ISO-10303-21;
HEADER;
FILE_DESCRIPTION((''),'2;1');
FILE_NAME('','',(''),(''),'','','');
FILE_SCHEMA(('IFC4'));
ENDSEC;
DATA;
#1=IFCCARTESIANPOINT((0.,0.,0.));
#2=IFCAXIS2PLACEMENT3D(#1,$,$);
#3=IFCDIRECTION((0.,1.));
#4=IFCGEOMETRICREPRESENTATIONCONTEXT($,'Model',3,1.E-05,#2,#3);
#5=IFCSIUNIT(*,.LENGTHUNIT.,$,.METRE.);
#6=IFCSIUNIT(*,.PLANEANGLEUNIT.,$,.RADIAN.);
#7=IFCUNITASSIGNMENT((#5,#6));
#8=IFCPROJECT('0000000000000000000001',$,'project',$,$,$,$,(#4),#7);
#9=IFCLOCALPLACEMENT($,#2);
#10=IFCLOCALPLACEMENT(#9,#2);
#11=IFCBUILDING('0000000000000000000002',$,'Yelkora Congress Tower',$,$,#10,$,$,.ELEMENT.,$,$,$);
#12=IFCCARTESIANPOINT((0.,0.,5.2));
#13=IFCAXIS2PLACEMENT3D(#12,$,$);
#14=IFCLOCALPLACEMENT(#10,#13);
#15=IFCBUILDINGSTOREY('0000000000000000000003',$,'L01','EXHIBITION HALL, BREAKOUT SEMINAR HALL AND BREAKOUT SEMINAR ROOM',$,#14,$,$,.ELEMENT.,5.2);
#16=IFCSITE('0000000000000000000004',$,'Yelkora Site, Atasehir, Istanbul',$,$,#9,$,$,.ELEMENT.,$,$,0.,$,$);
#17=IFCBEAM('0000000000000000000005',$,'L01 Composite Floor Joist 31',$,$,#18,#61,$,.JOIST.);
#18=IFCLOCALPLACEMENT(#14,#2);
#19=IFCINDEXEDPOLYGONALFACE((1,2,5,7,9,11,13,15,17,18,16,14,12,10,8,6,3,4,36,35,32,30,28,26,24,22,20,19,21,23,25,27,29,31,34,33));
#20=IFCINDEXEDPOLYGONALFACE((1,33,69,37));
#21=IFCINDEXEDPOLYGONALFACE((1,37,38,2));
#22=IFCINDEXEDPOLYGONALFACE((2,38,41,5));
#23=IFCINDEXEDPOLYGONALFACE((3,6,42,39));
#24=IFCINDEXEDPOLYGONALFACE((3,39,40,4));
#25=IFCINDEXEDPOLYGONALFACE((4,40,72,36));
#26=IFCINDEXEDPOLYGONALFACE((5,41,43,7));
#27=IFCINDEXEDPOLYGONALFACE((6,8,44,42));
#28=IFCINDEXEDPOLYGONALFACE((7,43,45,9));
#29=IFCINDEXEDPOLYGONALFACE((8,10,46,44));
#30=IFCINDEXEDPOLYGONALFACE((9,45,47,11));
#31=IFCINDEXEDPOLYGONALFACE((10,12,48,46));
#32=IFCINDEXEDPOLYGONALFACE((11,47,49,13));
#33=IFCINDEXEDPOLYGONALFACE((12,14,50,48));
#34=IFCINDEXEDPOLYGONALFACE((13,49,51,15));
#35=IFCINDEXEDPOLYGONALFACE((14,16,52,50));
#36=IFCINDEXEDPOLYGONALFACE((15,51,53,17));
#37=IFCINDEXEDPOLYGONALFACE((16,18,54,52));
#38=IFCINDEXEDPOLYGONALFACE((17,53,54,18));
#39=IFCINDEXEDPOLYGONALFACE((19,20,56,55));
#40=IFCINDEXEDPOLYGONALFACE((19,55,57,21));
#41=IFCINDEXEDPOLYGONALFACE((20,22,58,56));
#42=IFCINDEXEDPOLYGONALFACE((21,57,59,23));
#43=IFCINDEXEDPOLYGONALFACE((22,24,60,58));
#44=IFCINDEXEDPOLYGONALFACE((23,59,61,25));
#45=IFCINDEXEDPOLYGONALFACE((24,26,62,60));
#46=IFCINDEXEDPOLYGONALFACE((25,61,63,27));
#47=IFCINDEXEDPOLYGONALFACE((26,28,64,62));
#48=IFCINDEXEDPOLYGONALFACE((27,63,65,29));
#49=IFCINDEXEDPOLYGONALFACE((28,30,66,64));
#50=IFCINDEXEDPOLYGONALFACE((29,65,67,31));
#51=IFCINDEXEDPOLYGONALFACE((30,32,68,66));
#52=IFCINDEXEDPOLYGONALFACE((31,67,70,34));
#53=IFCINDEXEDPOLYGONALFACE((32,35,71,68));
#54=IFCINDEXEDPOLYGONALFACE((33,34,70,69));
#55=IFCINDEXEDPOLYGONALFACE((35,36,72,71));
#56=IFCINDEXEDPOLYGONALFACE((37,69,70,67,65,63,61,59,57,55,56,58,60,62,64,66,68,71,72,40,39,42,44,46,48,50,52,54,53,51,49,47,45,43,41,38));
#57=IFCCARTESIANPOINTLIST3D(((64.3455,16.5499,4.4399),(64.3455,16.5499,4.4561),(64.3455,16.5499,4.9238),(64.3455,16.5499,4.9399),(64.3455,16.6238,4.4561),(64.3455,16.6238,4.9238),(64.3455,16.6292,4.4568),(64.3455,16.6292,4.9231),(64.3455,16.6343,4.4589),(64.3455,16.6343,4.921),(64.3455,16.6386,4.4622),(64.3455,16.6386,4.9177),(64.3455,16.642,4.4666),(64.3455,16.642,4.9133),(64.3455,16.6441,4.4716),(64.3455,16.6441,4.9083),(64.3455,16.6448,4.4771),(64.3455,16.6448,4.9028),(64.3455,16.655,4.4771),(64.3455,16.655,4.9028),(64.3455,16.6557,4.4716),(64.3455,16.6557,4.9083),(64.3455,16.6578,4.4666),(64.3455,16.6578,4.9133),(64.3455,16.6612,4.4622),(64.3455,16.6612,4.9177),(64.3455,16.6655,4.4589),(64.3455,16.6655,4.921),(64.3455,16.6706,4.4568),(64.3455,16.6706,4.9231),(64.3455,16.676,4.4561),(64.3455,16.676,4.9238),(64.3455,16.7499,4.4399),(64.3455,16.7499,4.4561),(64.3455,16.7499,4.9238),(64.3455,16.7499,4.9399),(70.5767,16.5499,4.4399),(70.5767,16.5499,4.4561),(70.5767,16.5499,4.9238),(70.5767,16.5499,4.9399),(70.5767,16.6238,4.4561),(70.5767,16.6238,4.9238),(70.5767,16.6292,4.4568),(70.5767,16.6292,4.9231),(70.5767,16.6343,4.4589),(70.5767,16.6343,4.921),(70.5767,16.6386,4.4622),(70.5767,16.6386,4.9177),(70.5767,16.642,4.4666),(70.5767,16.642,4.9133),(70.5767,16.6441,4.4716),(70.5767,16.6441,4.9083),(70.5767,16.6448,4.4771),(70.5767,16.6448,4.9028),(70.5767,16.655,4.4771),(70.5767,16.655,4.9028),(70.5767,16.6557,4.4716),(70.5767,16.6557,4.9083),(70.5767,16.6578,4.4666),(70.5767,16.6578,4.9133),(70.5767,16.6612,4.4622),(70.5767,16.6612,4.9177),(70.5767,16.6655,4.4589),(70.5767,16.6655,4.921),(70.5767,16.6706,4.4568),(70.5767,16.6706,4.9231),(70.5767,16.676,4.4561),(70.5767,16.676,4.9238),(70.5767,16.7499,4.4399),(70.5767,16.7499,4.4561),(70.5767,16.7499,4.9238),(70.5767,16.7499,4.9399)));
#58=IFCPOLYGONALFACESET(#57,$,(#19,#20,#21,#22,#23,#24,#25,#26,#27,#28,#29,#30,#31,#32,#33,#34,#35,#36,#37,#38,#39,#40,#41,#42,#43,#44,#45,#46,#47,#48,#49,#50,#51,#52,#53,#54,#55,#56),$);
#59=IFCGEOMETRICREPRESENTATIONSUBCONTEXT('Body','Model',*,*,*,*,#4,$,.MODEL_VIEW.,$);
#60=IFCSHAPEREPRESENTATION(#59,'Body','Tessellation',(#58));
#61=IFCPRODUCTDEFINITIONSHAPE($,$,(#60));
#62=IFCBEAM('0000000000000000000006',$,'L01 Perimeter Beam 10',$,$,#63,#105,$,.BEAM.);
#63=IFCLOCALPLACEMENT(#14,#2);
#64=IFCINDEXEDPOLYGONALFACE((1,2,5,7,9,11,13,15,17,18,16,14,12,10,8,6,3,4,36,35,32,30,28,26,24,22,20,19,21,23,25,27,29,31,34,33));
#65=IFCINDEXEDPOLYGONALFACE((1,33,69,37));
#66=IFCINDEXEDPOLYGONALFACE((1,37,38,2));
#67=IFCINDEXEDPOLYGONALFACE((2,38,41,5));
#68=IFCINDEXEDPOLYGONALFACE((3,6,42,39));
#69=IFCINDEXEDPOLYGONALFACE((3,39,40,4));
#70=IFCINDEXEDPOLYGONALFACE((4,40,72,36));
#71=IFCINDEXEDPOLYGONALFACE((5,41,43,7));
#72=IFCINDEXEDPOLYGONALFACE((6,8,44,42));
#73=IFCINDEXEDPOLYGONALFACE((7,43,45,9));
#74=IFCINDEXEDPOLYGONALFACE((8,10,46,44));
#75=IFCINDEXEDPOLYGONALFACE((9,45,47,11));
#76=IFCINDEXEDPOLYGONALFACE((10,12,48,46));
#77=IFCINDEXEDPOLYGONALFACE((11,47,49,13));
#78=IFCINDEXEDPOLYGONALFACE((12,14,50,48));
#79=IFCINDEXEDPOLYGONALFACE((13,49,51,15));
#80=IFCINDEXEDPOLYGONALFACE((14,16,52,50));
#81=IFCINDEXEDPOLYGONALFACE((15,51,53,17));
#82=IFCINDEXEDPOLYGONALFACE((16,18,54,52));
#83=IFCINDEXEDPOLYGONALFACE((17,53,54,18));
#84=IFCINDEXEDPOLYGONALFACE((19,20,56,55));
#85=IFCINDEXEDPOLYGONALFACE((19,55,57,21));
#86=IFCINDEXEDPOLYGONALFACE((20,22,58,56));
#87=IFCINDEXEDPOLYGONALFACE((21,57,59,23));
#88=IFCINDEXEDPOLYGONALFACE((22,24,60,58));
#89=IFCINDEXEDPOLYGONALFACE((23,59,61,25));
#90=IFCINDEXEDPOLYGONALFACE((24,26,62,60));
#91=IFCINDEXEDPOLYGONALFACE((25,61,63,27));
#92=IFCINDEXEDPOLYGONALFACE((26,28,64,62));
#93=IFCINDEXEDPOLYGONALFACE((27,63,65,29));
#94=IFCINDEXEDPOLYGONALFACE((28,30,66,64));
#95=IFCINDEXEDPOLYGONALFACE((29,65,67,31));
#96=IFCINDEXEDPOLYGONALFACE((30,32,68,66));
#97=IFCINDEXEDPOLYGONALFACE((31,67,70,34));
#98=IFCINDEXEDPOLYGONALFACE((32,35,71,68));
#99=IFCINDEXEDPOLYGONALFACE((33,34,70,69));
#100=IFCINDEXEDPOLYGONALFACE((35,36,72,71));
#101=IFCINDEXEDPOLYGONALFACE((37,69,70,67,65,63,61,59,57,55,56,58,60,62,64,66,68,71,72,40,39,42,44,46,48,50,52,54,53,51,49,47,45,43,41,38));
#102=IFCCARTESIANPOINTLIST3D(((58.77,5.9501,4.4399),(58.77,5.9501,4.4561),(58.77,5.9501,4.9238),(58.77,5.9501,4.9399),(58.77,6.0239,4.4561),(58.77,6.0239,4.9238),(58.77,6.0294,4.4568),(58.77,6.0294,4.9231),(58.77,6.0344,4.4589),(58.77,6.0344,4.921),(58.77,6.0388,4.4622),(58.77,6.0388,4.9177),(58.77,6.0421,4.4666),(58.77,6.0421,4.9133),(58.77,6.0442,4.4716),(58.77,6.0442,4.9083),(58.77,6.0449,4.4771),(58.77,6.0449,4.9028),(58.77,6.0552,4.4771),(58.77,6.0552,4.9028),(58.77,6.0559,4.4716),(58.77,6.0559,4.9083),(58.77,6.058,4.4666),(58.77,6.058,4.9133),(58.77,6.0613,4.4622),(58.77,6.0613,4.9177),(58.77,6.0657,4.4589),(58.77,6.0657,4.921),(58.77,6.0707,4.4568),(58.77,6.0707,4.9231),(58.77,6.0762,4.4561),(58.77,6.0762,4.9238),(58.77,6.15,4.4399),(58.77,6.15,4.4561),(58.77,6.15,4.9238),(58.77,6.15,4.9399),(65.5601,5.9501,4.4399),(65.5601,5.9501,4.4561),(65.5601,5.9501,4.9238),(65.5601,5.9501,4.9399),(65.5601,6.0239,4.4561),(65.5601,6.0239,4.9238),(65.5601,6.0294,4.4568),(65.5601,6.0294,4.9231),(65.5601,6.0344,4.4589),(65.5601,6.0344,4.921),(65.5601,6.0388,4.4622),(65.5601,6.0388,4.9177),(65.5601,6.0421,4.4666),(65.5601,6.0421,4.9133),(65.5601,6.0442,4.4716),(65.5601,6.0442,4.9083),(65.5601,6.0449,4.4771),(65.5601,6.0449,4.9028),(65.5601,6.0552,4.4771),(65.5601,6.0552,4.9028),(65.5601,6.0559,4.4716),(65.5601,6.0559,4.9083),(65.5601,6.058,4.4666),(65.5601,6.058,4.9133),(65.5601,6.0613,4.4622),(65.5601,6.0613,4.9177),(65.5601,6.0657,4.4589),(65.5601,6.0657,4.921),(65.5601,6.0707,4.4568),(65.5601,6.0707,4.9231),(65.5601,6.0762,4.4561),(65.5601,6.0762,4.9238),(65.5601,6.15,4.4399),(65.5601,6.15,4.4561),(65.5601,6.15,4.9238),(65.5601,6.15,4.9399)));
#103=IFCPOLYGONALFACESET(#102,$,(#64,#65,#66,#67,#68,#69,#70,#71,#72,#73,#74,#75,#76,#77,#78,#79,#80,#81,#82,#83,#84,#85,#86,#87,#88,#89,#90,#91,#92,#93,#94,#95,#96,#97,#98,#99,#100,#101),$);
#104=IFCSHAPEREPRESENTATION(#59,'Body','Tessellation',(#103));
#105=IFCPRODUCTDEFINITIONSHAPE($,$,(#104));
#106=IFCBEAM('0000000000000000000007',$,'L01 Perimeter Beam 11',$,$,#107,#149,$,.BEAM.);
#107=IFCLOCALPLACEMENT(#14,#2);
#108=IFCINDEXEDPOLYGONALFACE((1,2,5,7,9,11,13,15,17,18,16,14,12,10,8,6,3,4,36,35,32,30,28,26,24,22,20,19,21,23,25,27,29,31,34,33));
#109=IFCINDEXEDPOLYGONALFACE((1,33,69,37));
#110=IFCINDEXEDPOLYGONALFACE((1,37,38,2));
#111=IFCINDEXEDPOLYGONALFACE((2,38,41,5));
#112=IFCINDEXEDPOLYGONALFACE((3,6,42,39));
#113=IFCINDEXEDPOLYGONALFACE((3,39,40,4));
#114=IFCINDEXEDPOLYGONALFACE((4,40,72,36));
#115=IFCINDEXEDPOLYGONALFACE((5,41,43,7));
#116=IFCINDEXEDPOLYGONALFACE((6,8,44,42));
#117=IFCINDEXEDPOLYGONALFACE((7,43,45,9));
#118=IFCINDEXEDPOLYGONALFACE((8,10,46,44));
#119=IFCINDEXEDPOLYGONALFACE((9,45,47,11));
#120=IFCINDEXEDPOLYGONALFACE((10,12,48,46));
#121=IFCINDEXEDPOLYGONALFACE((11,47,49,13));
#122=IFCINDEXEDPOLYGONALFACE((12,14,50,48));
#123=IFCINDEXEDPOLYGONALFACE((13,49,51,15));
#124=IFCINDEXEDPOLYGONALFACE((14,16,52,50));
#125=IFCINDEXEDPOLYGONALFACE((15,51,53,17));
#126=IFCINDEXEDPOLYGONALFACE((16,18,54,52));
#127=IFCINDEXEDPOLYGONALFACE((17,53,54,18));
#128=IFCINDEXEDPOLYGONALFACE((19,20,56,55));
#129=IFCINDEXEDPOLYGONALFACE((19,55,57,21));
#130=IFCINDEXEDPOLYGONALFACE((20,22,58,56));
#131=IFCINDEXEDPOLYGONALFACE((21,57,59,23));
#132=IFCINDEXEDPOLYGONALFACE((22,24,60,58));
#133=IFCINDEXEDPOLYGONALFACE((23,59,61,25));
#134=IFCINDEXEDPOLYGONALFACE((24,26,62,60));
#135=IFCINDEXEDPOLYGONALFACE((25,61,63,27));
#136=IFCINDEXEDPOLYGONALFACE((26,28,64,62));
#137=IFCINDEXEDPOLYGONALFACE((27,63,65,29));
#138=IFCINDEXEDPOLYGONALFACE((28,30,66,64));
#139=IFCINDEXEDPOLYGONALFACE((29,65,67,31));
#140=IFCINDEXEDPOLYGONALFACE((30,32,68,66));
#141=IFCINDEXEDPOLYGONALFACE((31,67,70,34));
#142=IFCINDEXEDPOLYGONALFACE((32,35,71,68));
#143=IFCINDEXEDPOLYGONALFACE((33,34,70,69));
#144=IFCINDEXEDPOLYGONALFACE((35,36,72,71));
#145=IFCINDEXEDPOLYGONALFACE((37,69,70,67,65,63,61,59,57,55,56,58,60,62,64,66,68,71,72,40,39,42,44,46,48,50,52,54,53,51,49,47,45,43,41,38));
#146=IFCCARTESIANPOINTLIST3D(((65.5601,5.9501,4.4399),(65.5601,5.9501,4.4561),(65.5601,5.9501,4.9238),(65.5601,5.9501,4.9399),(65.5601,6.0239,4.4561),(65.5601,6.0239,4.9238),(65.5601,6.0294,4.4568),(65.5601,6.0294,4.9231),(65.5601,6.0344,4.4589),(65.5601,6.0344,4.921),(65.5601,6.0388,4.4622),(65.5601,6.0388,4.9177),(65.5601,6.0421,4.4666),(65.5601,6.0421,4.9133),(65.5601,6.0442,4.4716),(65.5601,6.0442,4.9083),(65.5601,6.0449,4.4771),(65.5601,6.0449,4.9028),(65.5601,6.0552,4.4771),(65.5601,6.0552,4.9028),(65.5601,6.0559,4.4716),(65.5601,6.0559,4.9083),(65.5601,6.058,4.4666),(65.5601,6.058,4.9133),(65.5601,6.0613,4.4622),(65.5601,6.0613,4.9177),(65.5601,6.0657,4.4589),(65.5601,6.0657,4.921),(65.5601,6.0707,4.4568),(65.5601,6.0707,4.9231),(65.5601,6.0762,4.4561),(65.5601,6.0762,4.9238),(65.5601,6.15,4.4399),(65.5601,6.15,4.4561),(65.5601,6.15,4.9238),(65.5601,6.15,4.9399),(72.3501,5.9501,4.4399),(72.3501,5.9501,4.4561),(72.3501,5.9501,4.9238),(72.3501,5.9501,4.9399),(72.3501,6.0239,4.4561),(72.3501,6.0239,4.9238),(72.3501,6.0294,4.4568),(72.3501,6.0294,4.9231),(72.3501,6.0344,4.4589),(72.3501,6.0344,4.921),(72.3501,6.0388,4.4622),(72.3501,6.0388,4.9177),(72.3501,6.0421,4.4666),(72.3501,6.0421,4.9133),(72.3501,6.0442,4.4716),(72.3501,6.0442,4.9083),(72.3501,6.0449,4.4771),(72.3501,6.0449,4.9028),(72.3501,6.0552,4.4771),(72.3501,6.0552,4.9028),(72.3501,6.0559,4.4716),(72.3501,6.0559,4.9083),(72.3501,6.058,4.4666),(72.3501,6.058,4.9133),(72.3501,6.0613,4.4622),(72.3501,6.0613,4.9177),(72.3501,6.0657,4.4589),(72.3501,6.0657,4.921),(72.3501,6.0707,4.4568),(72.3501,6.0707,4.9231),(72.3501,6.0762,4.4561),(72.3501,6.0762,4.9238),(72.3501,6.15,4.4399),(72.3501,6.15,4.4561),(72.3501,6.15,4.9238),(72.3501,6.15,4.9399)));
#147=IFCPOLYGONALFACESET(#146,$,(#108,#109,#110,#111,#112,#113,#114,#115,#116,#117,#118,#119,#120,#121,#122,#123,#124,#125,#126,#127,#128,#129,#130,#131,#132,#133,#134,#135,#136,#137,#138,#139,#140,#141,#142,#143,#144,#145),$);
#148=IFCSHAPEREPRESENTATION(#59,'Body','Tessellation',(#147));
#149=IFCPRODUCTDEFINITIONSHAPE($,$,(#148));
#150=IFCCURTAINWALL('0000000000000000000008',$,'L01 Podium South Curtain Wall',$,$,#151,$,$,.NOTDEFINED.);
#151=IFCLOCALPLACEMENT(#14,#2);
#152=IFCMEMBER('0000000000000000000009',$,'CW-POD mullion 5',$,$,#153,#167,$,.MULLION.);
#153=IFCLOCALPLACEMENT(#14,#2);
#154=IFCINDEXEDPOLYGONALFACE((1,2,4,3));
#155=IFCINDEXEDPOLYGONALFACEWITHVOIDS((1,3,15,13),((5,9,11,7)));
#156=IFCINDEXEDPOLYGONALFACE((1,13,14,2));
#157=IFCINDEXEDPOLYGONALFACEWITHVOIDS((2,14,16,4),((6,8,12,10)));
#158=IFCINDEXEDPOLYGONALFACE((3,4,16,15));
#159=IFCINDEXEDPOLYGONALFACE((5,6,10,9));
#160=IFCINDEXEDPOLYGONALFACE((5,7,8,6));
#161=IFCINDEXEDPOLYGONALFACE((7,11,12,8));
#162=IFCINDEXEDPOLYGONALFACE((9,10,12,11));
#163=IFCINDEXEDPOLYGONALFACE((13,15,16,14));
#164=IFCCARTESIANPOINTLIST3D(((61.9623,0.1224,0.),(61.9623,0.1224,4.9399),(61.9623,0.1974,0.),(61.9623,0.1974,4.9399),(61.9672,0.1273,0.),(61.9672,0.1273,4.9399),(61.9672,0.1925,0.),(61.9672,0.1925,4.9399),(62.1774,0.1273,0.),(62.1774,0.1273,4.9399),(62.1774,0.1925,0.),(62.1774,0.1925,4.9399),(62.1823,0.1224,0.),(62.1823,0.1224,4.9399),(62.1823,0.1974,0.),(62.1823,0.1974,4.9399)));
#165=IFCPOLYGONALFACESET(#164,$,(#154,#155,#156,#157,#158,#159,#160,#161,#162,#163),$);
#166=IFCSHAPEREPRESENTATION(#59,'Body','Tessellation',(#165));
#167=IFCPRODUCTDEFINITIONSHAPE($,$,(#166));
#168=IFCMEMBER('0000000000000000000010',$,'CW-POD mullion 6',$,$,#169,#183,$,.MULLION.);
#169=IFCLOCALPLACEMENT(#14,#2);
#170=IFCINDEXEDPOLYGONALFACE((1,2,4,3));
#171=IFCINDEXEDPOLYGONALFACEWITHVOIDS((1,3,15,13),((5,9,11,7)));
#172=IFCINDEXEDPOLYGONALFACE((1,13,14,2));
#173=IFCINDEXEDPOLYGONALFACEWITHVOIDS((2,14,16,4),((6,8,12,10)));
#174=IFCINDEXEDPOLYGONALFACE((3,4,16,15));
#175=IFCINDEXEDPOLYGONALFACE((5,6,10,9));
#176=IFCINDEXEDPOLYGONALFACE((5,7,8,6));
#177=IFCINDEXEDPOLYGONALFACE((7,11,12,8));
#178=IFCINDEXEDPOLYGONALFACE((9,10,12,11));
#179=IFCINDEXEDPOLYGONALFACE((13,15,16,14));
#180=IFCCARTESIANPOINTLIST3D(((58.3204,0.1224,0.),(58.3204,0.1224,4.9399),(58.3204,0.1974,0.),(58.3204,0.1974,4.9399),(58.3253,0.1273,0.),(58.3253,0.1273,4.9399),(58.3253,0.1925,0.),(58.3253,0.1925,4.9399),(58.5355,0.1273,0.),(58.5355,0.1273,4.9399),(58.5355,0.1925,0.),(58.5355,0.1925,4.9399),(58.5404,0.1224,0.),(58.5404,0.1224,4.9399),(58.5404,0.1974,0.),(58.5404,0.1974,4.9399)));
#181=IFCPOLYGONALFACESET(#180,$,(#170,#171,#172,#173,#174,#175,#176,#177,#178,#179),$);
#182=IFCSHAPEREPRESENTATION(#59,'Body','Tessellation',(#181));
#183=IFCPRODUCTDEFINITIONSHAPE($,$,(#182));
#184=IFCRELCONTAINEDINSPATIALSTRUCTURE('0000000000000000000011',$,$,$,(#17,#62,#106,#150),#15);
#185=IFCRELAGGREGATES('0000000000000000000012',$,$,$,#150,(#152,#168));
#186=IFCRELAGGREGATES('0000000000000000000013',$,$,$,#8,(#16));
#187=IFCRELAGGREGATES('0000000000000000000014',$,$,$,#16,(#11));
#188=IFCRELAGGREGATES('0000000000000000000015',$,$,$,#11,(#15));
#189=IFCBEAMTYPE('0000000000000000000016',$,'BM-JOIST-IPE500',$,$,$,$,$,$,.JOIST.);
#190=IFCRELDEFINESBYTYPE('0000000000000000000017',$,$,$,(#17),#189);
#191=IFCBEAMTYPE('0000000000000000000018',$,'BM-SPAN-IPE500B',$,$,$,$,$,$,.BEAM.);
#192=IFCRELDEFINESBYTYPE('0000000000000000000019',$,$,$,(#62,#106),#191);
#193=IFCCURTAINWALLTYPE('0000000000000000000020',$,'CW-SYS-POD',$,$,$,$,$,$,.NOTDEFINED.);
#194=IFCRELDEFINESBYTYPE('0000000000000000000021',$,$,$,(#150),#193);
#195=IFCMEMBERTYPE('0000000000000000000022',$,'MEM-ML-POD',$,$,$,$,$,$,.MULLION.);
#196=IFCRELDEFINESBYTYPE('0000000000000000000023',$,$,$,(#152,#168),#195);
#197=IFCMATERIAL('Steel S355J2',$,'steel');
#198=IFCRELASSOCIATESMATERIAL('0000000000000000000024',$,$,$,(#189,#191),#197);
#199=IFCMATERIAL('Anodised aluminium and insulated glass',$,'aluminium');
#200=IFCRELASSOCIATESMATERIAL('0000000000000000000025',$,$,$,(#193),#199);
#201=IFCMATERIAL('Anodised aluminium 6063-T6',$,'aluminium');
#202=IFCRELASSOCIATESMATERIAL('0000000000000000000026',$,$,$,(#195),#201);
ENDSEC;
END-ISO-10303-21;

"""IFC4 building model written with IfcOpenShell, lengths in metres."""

from ifc_helpers import new_model, si_unit, direction, frame, origin, origin_2d, place, context, subcontext, project, spatial, hollow_rectangle, i_section, extrude, material, material_profile, profile_set, type_object, element, aggregate, save


model = new_model("IFC4")

# Units and contexts
model_context = context("Model", 3, precision=1e-05, world=origin(), true_north=direction((0.0, 1.0)))
body_context = subcontext(model_context, "Body", "Model", "MODEL_VIEW")
ifc_project = project(units=[si_unit("LENGTHUNIT", "METRE"), si_unit("PLANEANGLEUNIT", "RADIAN")], contexts=[model_context])

# Site, building, storey
site_placement = place(None, origin())
site = spatial("IfcSite", under=ifc_project, at=site_placement, Name="Yelkora Site, Atasehir, Istanbul", CompositionType="ELEMENT", RefElevation=0.0)
building_placement = place(site_placement, origin())
building = spatial("IfcBuilding", under=site, at=building_placement, Name="Yelkora Congress Tower", CompositionType="ELEMENT")
storey_placement = place(building_placement, frame((0.0, 0.0, 5.2)))
storey = spatial("IfcBuildingStorey", under=building, at=storey_placement, Name="L01", Description="EXHIBITION HALL, BREAKOUT SEMINAR HALL AND BREAKOUT SEMINAR ROOM", CompositionType="ELEMENT", Elevation=5.2)

# Beams
ifc_material_1 = material(Name="Steel S355J2", Category="steel")
ifc_material_profile_1 = material_profile(ifc_material_1, i_section(OverallWidth=0.2, OverallDepth=0.5, WebThickness=0.0103, FlangeThickness=0.0161, FilletRadius=0.021, at=origin_2d()), Name="IPE 500")
ifc_profile_set_1 = profile_set([ifc_material_profile_1], Name="Steel S355J2")
beam_type_1 = type_object("IfcBeamType", Name="BM-JOIST-IPE500", PredefinedType="JOIST", material=ifc_profile_set_1)
beam_1_placement = place(storey_placement, frame((64.3455, 16.6499, 4.6899), z_axis=(1.0, 0.0, 0.0), x_axis=(0.0, 1.0, 0.0)))
element("IfcBeam", 1, at=beam_1_placement, inside=storey, type_object=beam_type_1, Name="L01 Composite Floor Joist 31", PredefinedType="JOIST", context=body_context, shape_type="SweptSolid", body=[
    extrude(i_section(OverallWidth=0.2, OverallDepth=0.5, WebThickness=0.0103, FlangeThickness=0.0161, FilletRadius=0.021, at=origin_2d()), origin(), (0.0, 0.0, 1.0), 6.2312),
])
ifc_material_profile_2 = material_profile(ifc_material_1, i_section(OverallWidth=0.2, OverallDepth=0.5, WebThickness=0.0103, FlangeThickness=0.0161, FilletRadius=0.021, at=origin_2d()), Name="IPE 500")
ifc_profile_set_2 = profile_set([ifc_material_profile_2], Name="Steel S355J2")
beam_type_2 = type_object("IfcBeamType", Name="BM-SPAN-IPE500B", PredefinedType="BEAM", material=ifc_profile_set_2)
for number, where, z_axis, x_axis, name in (
    (2, (58.77, 6.05, 4.6899), (1.0, 0.0, 0.0), (0.0, 1.0, 0.0), "L01 Perimeter Beam 10"),
    (3, (65.5601, 6.05, 4.6899), (1.0, 0.0, 0.0), (0.0, 1.0, 0.0), "L01 Perimeter Beam 11"),
):
    element("IfcBeam", number, at=place(storey_placement, frame(where, z_axis=z_axis, x_axis=x_axis)), inside=storey, type_object=beam_type_2, Name=name, PredefinedType="BEAM", context=body_context, shape_type="SweptSolid", body=[
        extrude(i_section(OverallWidth=0.2, OverallDepth=0.5, WebThickness=0.0103, FlangeThickness=0.0161, FilletRadius=0.021, at=origin_2d()), origin(), (0.0, 0.0, 1.0), 6.79),
    ])

# Curtain wall, members
ifc_material_2 = material(Name="Anodised aluminium and insulated glass", Category="aluminium")
curtain_wall_type = type_object("IfcCurtainWallType", Name="CW-SYS-POD", PredefinedType="NOTDEFINED", material=ifc_material_2)
curtain_wall_placement = place(storey_placement, origin())
curtain_wall = element("IfcCurtainWall", 4, at=curtain_wall_placement, inside=storey, type_object=curtain_wall_type, Name="L01 Podium South Curtain Wall", PredefinedType="NOTDEFINED")
ifc_material_3 = material(Name="Anodised aluminium 6063-T6", Category="aluminium")
ifc_material_profile_3 = material_profile(ifc_material_3, hollow_rectangle(XDim=0.075, YDim=0.22, WallThickness=0.0049, at=origin_2d()), Name="ALU 75x220x5")
ifc_profile_set_3 = profile_set([ifc_material_profile_3], Name="Anodised aluminium 6063-T6")
member_type_1 = type_object("IfcMemberType", Name="MEM-ML-POD", PredefinedType="MULLION", material=ifc_profile_set_3)
member_1_placement = place(storey_placement, frame((62.0723, 0.1599, 0.0), z_axis=(0.0, 0.0, 1.0), x_axis=(0.0, -1.0, 0.0)))
member_1 = element("IfcMember", 5, at=member_1_placement, type_object=member_type_1, Name="CW-POD mullion 5", PredefinedType="MULLION", context=body_context, shape_type="SweptSolid", body=[
    extrude(hollow_rectangle(XDim=0.075, YDim=0.22, WallThickness=0.0049, at=origin_2d()), origin(), (0.0, 0.0, 1.0), 4.9399),
])
member_2_placement = place(storey_placement, frame((58.4304, 0.1599, 0.0), z_axis=(0.0, 0.0, 1.0), x_axis=(0.0, -1.0, 0.0)))
member_2 = element("IfcMember", 6, at=member_2_placement, type_object=member_type_1, Name="CW-POD mullion 6", PredefinedType="MULLION", context=body_context, shape_type="SweptSolid", body=[
    extrude(hollow_rectangle(XDim=0.075, YDim=0.22, WallThickness=0.0049, at=origin_2d()), origin(), (0.0, 0.0, 1.0), 4.9399),
])
aggregate(curtain_wall, [member_1, member_2])

save(model, "model.ifc")
